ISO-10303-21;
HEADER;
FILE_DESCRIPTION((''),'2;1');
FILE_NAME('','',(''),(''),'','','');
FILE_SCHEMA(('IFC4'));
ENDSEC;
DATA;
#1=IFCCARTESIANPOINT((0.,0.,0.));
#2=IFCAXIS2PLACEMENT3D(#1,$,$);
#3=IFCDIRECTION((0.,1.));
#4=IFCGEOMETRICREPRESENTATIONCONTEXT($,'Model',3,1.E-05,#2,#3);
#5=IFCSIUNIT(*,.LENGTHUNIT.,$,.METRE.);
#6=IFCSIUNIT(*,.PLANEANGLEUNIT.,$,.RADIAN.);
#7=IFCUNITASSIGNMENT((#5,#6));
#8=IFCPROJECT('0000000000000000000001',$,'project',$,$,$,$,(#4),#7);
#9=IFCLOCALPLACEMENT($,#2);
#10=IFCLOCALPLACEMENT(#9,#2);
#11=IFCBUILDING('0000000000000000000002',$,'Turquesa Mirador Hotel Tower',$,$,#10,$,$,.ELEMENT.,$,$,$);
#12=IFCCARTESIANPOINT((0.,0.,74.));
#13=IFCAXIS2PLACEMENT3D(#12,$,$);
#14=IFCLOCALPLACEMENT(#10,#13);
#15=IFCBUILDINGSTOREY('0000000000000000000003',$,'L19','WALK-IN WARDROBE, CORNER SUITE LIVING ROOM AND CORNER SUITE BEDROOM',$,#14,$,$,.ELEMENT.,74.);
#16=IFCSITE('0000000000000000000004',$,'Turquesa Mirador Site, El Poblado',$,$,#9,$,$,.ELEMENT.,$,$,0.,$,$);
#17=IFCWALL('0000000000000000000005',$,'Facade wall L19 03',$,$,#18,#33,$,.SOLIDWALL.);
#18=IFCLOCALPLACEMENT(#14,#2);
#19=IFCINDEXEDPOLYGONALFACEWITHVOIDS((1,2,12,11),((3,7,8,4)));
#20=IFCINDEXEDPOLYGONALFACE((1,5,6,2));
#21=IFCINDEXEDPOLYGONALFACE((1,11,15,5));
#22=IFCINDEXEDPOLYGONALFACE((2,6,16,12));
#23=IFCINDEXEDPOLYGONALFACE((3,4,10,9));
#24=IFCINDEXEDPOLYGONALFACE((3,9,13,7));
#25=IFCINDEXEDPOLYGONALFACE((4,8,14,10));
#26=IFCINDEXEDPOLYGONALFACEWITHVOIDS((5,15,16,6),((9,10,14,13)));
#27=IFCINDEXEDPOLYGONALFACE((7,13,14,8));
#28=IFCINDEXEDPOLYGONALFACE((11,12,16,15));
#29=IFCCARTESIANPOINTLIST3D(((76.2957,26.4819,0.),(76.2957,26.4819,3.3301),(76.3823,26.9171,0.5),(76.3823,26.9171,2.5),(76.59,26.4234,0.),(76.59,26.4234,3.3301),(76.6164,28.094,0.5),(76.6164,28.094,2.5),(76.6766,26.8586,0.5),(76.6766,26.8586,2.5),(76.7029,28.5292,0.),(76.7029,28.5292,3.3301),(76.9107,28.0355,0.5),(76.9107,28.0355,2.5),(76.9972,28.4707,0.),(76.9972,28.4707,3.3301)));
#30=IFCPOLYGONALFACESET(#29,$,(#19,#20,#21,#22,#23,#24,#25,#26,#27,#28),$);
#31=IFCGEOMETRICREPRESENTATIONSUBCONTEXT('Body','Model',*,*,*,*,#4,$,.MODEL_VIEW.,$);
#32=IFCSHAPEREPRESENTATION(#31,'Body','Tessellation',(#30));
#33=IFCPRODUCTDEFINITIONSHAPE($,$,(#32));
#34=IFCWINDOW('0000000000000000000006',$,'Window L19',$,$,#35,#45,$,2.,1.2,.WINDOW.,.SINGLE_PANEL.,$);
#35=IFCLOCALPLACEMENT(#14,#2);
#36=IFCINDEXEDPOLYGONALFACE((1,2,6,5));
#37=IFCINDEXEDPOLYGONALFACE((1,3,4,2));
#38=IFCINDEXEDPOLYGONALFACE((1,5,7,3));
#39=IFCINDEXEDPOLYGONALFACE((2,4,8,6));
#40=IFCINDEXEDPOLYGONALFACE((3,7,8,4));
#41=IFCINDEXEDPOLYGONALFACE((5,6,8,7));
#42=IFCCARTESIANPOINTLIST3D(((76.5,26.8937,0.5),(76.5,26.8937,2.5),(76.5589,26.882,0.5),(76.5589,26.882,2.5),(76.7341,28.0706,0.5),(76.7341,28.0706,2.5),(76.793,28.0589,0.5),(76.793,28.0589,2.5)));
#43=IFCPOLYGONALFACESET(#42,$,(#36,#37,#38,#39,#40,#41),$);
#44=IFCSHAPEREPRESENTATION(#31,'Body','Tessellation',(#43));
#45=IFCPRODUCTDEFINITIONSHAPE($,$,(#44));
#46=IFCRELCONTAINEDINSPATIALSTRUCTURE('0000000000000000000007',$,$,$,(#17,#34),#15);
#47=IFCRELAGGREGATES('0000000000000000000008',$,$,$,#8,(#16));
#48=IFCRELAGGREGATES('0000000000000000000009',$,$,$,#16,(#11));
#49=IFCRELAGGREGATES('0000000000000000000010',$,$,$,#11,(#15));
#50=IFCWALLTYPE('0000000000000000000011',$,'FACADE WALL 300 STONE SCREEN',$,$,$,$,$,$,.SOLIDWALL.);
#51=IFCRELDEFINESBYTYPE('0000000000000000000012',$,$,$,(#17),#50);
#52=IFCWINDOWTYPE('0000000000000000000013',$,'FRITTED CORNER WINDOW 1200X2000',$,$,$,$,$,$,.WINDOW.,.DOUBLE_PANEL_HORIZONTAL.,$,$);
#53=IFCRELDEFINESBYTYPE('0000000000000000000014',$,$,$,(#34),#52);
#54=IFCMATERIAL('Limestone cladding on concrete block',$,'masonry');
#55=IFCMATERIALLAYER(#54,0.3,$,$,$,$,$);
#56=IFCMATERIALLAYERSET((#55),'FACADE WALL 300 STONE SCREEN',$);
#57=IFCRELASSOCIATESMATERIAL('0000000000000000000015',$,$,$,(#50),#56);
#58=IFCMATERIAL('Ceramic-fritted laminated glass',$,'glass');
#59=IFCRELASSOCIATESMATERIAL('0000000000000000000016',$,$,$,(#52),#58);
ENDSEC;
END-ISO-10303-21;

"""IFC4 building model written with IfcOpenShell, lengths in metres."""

from ifc_helpers import new_model, si_unit, direction, frame, frame_2d, origin, place, context, subcontext, project, spatial, rectangle, extrude, material, layer, layer_set, type_object, element, fill, save


model = new_model("IFC4")

# Units and contexts
model_context = context("Model", 3, precision=1e-05, world=origin(), true_north=direction((0.0, 1.0)))
body_context = subcontext(model_context, "Body", "Model", "MODEL_VIEW")
ifc_project = project(units=[si_unit("LENGTHUNIT", "METRE"), si_unit("PLANEANGLEUNIT", "RADIAN")], contexts=[model_context])

# Site, building, storey
site_placement = place(None, origin())
site = spatial("IfcSite", under=ifc_project, at=site_placement, Name="Turquesa Mirador Site, El Poblado", CompositionType="ELEMENT", RefElevation=0.0)
building_placement = place(site_placement, origin())
building = spatial("IfcBuilding", under=site, at=building_placement, Name="Turquesa Mirador Hotel Tower", CompositionType="ELEMENT")
storey_placement = place(building_placement, frame((0.0, 0.0, 74.0)))
storey = spatial("IfcBuildingStorey", under=building, at=storey_placement, Name="L19", Description="WALK-IN WARDROBE, CORNER SUITE LIVING ROOM AND CORNER SUITE BEDROOM", CompositionType="ELEMENT", Elevation=74.0)

# Wall, opening, window
ifc_material_1 = material(Name="Limestone cladding on concrete block", Category="masonry")
ifc_layer = layer(ifc_material_1, 0.3)
ifc_layer_set = layer_set([ifc_layer], Name="FACADE WALL 300 STONE SCREEN")
wall_type = type_object("IfcWallType", Name="FACADE WALL 300 STONE SCREEN", PredefinedType="SOLIDWALL", material=ifc_layer_set)
ifc_material_2 = material(Name="Ceramic-fritted laminated glass", Category="glass")
window_type_1 = type_object("IfcWindowType", Name="FRITTED CORNER WINDOW 1200X2000", PartitioningType="DOUBLE_PANEL_HORIZONTAL", PredefinedType="WINDOW", material=ifc_material_2)
wall_1_placement = place(storey_placement, frame((76.4429, 26.4526, 0.0), z_axis=(0.0, 0.0, 1.0), x_axis=(0.195081, 0.980787, 0.0)))
wall_1 = element("IfcWall", 1, at=wall_1_placement, inside=storey, type_object=wall_type, Name="Facade wall L19 03", PredefinedType="SOLIDWALL", context=body_context, shape_type="SweptSolid", body=[
    extrude(rectangle(XDim=2.0874, YDim=0.3, at=frame_2d((1.0437, 0.0))), origin(), (0.0, 0.0, 1.0), 3.3301),
])
opening_1_placement = place(wall_1_placement, frame((0.4436, 0.0, 0.5)))
opening_1 = element("IfcOpeningElement", 2, at=opening_1_placement, cuts=wall_1, PredefinedType="OPENING", context=body_context, shape_type="SweptSolid", body=[
    extrude(rectangle(XDim=1.2, YDim=2.0, at=frame_2d((0.6001, 1.0))), frame((0.0, 0.1599, 0.0), z_axis=(0.0, -1.0, 0.0), x_axis=(1.0, 0.0, 0.0)), (0.0, 0.0, 1.0), 0.3201),
])
window_1_placement = place(opening_1_placement, origin())
window_1 = element("IfcWindow", 3, at=window_1_placement, inside=storey, type_object=window_type_1, Name="Window L19", OverallHeight=2.0, OverallWidth=1.2, PartitioningType="SINGLE_PANEL", PredefinedType="WINDOW", context=body_context, shape_type="SweptSolid", body=[
    extrude(rectangle(XDim=1.2, YDim=2.0, at=frame_2d((0.6001, 1.0))), frame((0.0, 0.03, 0.0), z_axis=(0.0, -1.0, 0.0), x_axis=(1.0, 0.0, 0.0)), (0.0, 0.0, 1.0), 0.0601),
])
fill(opening_1, window_1)

save(model, "model.ifc")
